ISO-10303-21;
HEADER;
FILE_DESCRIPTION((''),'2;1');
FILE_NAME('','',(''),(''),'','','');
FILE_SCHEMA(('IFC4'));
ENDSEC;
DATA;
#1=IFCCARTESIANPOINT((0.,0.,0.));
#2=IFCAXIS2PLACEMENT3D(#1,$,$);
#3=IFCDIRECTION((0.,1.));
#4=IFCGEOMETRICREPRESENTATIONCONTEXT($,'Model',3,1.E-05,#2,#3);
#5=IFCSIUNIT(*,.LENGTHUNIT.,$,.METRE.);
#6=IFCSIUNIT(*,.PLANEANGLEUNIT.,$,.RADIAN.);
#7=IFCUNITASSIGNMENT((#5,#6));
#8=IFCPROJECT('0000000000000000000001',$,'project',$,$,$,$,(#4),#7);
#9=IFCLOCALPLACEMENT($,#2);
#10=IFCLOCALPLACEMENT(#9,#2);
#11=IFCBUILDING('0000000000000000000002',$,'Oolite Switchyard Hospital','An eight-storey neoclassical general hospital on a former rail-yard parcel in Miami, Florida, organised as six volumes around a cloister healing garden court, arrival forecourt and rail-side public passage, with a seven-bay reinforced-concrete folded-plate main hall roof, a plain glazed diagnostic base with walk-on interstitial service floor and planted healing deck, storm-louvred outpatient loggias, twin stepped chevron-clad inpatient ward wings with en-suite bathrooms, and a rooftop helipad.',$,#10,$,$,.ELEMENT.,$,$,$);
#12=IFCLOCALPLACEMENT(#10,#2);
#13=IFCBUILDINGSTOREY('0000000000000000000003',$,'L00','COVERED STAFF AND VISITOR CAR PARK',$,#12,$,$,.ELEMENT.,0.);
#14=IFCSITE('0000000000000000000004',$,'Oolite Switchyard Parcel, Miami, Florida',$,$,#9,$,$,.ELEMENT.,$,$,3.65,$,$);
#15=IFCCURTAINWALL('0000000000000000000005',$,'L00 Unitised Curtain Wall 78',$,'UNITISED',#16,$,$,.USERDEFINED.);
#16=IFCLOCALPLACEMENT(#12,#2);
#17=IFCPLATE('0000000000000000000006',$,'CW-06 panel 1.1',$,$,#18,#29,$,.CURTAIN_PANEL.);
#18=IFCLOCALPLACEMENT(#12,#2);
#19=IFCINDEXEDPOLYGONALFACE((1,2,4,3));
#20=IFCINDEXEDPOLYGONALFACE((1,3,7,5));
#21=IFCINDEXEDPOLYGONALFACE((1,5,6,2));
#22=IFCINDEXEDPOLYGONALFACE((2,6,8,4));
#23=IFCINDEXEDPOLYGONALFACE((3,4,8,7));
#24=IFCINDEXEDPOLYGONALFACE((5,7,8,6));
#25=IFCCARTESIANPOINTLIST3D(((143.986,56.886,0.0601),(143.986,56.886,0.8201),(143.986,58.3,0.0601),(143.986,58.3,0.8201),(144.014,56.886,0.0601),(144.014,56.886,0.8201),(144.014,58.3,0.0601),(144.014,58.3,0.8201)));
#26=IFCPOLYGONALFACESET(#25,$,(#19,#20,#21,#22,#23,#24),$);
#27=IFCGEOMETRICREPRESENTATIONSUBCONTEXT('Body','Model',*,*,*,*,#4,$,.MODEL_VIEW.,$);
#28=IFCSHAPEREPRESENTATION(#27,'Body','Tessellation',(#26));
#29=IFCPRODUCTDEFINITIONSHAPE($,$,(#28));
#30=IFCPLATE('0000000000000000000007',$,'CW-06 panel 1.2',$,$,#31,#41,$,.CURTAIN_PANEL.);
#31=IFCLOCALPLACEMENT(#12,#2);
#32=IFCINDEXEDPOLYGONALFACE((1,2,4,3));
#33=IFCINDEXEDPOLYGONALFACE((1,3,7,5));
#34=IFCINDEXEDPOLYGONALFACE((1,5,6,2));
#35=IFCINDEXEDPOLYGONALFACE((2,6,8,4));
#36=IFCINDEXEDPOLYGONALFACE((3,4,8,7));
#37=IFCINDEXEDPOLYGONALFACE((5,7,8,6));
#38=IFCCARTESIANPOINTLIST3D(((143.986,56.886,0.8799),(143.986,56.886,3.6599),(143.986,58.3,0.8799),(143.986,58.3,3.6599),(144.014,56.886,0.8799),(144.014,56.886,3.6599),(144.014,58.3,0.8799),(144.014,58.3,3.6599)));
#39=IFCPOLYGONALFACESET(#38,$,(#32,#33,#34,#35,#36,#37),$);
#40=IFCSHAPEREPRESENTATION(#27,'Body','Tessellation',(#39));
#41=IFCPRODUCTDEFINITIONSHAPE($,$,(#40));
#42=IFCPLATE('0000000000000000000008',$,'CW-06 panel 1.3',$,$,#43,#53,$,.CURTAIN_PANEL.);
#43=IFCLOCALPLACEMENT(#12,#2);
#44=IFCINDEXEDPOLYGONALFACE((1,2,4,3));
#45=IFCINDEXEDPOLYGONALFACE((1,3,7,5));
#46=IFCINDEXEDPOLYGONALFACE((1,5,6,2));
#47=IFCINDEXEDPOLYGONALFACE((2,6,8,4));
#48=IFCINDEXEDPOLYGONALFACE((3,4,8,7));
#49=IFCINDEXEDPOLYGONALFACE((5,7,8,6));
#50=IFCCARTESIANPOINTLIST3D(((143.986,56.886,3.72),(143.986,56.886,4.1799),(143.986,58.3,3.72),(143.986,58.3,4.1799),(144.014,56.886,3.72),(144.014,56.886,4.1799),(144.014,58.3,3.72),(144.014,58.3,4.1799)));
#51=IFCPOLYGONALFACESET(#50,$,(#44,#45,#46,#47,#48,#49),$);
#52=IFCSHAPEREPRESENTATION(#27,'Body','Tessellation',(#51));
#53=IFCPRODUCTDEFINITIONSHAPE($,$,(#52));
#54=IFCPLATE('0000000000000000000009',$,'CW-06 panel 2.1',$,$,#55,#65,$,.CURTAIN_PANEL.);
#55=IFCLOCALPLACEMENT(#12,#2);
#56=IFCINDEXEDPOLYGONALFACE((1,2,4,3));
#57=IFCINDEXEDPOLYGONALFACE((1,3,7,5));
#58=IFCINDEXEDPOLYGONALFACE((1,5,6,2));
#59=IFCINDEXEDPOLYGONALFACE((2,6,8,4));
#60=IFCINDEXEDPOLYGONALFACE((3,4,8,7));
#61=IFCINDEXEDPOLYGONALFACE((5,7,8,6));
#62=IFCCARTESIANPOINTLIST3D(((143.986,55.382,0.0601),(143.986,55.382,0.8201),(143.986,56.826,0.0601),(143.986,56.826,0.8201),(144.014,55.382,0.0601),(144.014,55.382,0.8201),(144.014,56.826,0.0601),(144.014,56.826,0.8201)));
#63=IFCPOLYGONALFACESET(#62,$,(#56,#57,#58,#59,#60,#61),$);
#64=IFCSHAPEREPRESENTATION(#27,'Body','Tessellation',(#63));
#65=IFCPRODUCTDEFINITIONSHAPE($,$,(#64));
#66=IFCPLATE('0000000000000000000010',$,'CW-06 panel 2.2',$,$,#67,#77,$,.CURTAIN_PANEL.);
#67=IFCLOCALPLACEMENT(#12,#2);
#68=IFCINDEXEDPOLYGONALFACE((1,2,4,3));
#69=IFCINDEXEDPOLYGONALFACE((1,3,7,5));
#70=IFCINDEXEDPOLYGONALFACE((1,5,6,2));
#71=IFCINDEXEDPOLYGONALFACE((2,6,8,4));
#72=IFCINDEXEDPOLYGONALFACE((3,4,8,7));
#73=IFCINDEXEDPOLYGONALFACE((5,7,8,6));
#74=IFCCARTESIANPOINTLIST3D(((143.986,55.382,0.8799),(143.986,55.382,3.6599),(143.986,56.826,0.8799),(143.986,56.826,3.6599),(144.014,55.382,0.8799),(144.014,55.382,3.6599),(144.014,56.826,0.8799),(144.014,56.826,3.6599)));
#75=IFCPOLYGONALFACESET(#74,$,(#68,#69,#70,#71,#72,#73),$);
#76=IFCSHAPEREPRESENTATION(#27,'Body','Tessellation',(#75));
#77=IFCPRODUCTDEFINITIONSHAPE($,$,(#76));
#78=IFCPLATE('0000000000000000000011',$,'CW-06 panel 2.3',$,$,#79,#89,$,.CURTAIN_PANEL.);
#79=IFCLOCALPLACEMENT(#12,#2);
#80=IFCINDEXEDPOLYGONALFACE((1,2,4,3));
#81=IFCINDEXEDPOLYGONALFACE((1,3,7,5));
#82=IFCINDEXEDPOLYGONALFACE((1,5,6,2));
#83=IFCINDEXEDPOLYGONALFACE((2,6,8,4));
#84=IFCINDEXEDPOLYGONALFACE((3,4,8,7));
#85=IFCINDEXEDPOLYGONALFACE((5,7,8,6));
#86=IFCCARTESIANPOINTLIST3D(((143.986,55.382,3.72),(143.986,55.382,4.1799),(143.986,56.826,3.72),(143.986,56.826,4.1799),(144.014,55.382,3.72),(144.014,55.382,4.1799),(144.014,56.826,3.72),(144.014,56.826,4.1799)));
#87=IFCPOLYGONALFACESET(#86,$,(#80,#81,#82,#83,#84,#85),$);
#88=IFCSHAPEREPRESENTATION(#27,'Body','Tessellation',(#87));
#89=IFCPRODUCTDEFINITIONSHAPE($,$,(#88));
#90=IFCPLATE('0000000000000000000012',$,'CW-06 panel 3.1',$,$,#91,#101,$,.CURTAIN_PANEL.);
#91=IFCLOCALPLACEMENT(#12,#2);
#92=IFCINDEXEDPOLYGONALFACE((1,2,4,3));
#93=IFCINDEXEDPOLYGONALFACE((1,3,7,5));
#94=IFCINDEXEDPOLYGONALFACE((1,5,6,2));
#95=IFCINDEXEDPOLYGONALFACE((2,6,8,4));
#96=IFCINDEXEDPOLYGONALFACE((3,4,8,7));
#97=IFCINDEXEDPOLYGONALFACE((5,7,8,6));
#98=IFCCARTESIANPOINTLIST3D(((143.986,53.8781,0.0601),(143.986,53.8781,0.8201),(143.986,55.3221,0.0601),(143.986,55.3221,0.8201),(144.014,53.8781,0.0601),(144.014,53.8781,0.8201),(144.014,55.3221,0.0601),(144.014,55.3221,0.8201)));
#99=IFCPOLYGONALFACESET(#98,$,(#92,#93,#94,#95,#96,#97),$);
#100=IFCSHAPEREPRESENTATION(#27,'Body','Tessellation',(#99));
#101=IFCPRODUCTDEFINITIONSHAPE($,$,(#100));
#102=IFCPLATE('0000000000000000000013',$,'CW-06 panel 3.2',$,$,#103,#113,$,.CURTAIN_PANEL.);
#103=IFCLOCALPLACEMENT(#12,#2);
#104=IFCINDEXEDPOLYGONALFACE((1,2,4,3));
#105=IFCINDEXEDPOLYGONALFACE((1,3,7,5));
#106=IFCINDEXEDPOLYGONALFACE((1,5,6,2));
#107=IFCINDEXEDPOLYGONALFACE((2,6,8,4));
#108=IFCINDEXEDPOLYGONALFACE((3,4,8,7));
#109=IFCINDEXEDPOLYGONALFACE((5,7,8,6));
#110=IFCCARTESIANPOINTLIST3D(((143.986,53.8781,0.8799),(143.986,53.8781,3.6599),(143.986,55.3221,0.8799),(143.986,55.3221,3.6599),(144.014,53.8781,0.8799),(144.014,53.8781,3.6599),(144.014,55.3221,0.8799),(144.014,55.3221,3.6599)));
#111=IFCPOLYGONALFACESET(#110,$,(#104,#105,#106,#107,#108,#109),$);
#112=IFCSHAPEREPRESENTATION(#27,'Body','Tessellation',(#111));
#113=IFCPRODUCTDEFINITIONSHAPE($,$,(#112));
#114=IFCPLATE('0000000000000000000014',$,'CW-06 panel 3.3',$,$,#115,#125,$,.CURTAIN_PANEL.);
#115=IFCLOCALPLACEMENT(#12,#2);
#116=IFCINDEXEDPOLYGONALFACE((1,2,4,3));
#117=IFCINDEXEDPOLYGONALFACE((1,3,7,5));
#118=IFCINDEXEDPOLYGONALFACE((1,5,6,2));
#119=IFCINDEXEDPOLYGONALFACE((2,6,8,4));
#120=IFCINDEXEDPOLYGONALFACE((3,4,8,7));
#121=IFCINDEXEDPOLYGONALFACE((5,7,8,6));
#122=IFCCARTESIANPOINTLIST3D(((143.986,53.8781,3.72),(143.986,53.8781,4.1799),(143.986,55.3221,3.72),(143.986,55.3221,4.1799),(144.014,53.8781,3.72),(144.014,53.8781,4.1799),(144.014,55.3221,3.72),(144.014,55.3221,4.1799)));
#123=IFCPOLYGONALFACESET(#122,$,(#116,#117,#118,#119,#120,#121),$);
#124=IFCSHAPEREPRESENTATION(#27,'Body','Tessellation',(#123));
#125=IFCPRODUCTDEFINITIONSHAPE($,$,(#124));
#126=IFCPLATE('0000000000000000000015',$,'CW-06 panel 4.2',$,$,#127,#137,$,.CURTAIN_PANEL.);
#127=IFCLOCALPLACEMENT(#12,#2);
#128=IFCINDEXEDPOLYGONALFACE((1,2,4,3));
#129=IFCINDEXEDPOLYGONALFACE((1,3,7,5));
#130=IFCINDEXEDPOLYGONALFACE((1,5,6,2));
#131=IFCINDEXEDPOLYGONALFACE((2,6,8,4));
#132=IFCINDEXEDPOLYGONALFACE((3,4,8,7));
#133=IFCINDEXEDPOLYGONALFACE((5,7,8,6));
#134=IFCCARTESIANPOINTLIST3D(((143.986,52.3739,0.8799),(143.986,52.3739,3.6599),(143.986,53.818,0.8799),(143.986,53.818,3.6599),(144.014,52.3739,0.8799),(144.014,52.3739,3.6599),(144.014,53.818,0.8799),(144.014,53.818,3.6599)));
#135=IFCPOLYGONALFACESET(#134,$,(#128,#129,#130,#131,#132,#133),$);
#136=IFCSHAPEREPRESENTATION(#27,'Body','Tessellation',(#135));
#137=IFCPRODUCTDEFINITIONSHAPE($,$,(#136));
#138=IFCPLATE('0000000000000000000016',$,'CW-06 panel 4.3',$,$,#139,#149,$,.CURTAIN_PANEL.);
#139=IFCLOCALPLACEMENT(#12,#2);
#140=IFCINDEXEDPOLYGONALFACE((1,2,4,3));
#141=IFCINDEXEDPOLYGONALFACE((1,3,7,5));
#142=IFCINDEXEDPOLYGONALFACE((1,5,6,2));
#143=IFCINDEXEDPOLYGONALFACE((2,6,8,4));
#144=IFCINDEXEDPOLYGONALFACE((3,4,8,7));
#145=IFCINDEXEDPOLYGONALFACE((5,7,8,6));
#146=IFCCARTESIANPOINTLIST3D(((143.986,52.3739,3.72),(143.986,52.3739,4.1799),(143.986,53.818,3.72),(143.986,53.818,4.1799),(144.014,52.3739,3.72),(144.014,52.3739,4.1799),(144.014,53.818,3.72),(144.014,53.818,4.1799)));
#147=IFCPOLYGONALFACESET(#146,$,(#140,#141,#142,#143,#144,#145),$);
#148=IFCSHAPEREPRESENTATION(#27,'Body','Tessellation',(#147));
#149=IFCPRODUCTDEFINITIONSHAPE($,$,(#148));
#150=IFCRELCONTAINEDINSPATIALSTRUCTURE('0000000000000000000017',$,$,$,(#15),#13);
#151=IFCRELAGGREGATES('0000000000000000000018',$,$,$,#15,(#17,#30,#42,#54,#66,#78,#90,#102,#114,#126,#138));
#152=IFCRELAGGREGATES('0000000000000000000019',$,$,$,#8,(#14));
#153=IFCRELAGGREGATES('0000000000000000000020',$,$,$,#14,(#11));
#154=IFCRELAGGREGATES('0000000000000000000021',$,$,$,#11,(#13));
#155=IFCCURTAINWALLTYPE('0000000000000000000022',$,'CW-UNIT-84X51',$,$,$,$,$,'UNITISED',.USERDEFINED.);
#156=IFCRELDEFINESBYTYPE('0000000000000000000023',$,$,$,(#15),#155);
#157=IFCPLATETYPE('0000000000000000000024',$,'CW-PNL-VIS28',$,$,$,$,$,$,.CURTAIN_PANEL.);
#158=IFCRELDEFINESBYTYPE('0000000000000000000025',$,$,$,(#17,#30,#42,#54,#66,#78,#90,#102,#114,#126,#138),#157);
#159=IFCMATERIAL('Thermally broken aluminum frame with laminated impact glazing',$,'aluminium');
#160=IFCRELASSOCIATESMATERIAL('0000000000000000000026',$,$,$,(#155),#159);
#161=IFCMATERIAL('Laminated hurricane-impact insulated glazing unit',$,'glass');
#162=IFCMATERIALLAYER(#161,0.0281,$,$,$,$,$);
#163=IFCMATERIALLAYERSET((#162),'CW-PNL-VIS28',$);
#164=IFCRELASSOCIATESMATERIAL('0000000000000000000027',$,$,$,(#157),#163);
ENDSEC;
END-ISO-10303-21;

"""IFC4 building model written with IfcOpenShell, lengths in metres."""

from ifc_helpers import new_model, si_unit, direction, frame, origin, origin_2d, place, context, subcontext, project, spatial, rectangle, extrude, material, layer, layer_set, type_object, element, aggregate, save


model = new_model("IFC4")

# Units and contexts
model_context = context("Model", 3, precision=1e-05, world=origin(), true_north=direction((0.0, 1.0)))
body_context = subcontext(model_context, "Body", "Model", "MODEL_VIEW")
ifc_project = project(units=[si_unit("LENGTHUNIT", "METRE"), si_unit("PLANEANGLEUNIT", "RADIAN")], contexts=[model_context])

# Site, building, storey
site_placement = place(None, origin())
site = spatial("IfcSite", under=ifc_project, at=site_placement, Name="Oolite Switchyard Parcel, Miami, Florida", CompositionType="ELEMENT", RefElevation=3.65)
building_placement = place(site_placement, origin())
building = spatial("IfcBuilding", under=site, at=building_placement, Name="Oolite Switchyard Hospital", Description="An eight-storey neoclassical general hospital on a former rail-yard parcel in Miami, Florida, organised as six volumes around a cloister healing garden court, arrival forecourt and rail-side public passage, with a seven-bay reinforced-concrete folded-plate main hall roof, a plain glazed diagnostic base with walk-on interstitial service floor and planted healing deck, storm-louvred outpatient loggias, twin stepped chevron-clad inpatient ward wings with en-suite bathrooms, and a rooftop helipad.", CompositionType="ELEMENT")
storey_placement = place(building_placement, origin())
storey = spatial("IfcBuildingStorey", under=building, at=storey_placement, Name="L00", Description="COVERED STAFF AND VISITOR CAR PARK", CompositionType="ELEMENT", Elevation=0.0)

# Curtain wall, plates
ifc_material_1 = material(Name="Thermally broken aluminum frame with laminated impact glazing", Category="aluminium")
curtain_wall_type = type_object("IfcCurtainWallType", Name="CW-UNIT-84X51", ElementType="UNITISED", PredefinedType="USERDEFINED", material=ifc_material_1)
curtain_wall_placement = place(storey_placement, origin())
curtain_wall = element("IfcCurtainWall", 1, at=curtain_wall_placement, inside=storey, type_object=curtain_wall_type, Name="L00 Unitised Curtain Wall 78", ObjectType="UNITISED", PredefinedType="USERDEFINED")
ifc_material_2 = material(Name="Laminated hurricane-impact insulated glazing unit", Category="glass")
ifc_layer = layer(ifc_material_2, 0.0281)
ifc_layer_set = layer_set([ifc_layer], Name="CW-PNL-VIS28")
plate_type = type_object("IfcPlateType", Name="CW-PNL-VIS28", PredefinedType="CURTAIN_PANEL", material=ifc_layer_set)
plate_1_placement = place(storey_placement, frame((144.0, 57.593, 0.0601), z_axis=(0.0, 0.0, 1.0), x_axis=(0.0, -1.0, 0.0)))
plate_1 = element("IfcPlate", 2, at=plate_1_placement, type_object=plate_type, Name="CW-06 panel 1.1", PredefinedType="CURTAIN_PANEL", context=body_context, shape_type="SweptSolid", body=[
    extrude(rectangle(XDim=1.4141, YDim=0.0281, at=origin_2d()), origin(), (0.0, 0.0, 1.0), 0.76),
])
plate_2_placement = place(storey_placement, frame((144.0, 57.593, 0.8799), z_axis=(0.0, 0.0, 1.0), x_axis=(0.0, -1.0, 0.0)))
plate_2 = element("IfcPlate", 3, at=plate_2_placement, type_object=plate_type, Name="CW-06 panel 1.2", PredefinedType="CURTAIN_PANEL", context=body_context, shape_type="SweptSolid", body=[
    extrude(rectangle(XDim=1.4141, YDim=0.0281, at=origin_2d()), origin(), (0.0, 0.0, 1.0), 2.78),
])
plate_3_placement = place(storey_placement, frame((144.0, 57.593, 3.72), z_axis=(0.0, 0.0, 1.0), x_axis=(0.0, -1.0, 0.0)))
plate_3 = element("IfcPlate", 4, at=plate_3_placement, type_object=plate_type, Name="CW-06 panel 1.3", PredefinedType="CURTAIN_PANEL", context=body_context, shape_type="SweptSolid", body=[
    extrude(rectangle(XDim=1.4141, YDim=0.0281, at=origin_2d()), origin(), (0.0, 0.0, 1.0), 0.46),
])
plate_4_placement = place(storey_placement, frame((144.0, 56.104, 0.0601), z_axis=(0.0, 0.0, 1.0), x_axis=(0.0, -1.0, 0.0)))
plate_4 = element("IfcPlate", 5, at=plate_4_placement, type_object=plate_type, Name="CW-06 panel 2.1", PredefinedType="CURTAIN_PANEL", context=body_context, shape_type="SweptSolid", body=[
    extrude(rectangle(XDim=1.4441, YDim=0.0281, at=origin_2d()), origin(), (0.0, 0.0, 1.0), 0.76),
])
plate_5_placement = place(storey_placement, frame((144.0, 56.104, 0.8799), z_axis=(0.0, 0.0, 1.0), x_axis=(0.0, -1.0, 0.0)))
plate_5 = element("IfcPlate", 6, at=plate_5_placement, type_object=plate_type, Name="CW-06 panel 2.2", PredefinedType="CURTAIN_PANEL", context=body_context, shape_type="SweptSolid", body=[
    extrude(rectangle(XDim=1.4441, YDim=0.0281, at=origin_2d()), origin(), (0.0, 0.0, 1.0), 2.78),
])
plate_6_placement = place(storey_placement, frame((144.0, 56.104, 3.72), z_axis=(0.0, 0.0, 1.0), x_axis=(0.0, -1.0, 0.0)))
plate_6 = element("IfcPlate", 7, at=plate_6_placement, type_object=plate_type, Name="CW-06 panel 2.3", PredefinedType="CURTAIN_PANEL", context=body_context, shape_type="SweptSolid", body=[
    extrude(rectangle(XDim=1.4441, YDim=0.0281, at=origin_2d()), origin(), (0.0, 0.0, 1.0), 0.46),
])
plate_7_placement = place(storey_placement, frame((144.0, 54.6001, 0.0601), z_axis=(0.0, 0.0, 1.0), x_axis=(0.0, -1.0, 0.0)))
plate_7 = element("IfcPlate", 8, at=plate_7_placement, type_object=plate_type, Name="CW-06 panel 3.1", PredefinedType="CURTAIN_PANEL", context=body_context, shape_type="SweptSolid", body=[
    extrude(rectangle(XDim=1.4441, YDim=0.0281, at=origin_2d()), origin(), (0.0, 0.0, 1.0), 0.76),
])
plate_8_placement = place(storey_placement, frame((144.0, 54.6001, 0.8799), z_axis=(0.0, 0.0, 1.0), x_axis=(0.0, -1.0, 0.0)))
plate_8 = element("IfcPlate", 9, at=plate_8_placement, type_object=plate_type, Name="CW-06 panel 3.2", PredefinedType="CURTAIN_PANEL", context=body_context, shape_type="SweptSolid", body=[
    extrude(rectangle(XDim=1.4441, YDim=0.0281, at=origin_2d()), origin(), (0.0, 0.0, 1.0), 2.78),
])
plate_9_placement = place(storey_placement, frame((144.0, 54.6001, 3.72), z_axis=(0.0, 0.0, 1.0), x_axis=(0.0, -1.0, 0.0)))
plate_9 = element("IfcPlate", 10, at=plate_9_placement, type_object=plate_type, Name="CW-06 panel 3.3", PredefinedType="CURTAIN_PANEL", context=body_context, shape_type="SweptSolid", body=[
    extrude(rectangle(XDim=1.4441, YDim=0.0281, at=origin_2d()), origin(), (0.0, 0.0, 1.0), 0.46),
])
plate_10_placement = place(storey_placement, frame((144.0, 53.0959, 0.8799), z_axis=(0.0, 0.0, 1.0), x_axis=(0.0, -1.0, 0.0)))
plate_10 = element("IfcPlate", 11, at=plate_10_placement, type_object=plate_type, Name="CW-06 panel 4.2", PredefinedType="CURTAIN_PANEL", context=body_context, shape_type="SweptSolid", body=[
    extrude(rectangle(XDim=1.4441, YDim=0.0281, at=origin_2d()), origin(), (0.0, 0.0, 1.0), 2.78),
])
plate_11_placement = place(storey_placement, frame((144.0, 53.0959, 3.72), z_axis=(0.0, 0.0, 1.0), x_axis=(0.0, -1.0, 0.0)))
plate_11 = element("IfcPlate", 12, at=plate_11_placement, type_object=plate_type, Name="CW-06 panel 4.3", PredefinedType="CURTAIN_PANEL", context=body_context, shape_type="SweptSolid", body=[
    extrude(rectangle(XDim=1.4441, YDim=0.0281, at=origin_2d()), origin(), (0.0, 0.0, 1.0), 0.46),
])
aggregate(curtain_wall, [plate_1, plate_2, plate_3, plate_4, plate_5, plate_6, plate_7, plate_8, plate_9, plate_10, plate_11])

save(model, "model.ifc")
